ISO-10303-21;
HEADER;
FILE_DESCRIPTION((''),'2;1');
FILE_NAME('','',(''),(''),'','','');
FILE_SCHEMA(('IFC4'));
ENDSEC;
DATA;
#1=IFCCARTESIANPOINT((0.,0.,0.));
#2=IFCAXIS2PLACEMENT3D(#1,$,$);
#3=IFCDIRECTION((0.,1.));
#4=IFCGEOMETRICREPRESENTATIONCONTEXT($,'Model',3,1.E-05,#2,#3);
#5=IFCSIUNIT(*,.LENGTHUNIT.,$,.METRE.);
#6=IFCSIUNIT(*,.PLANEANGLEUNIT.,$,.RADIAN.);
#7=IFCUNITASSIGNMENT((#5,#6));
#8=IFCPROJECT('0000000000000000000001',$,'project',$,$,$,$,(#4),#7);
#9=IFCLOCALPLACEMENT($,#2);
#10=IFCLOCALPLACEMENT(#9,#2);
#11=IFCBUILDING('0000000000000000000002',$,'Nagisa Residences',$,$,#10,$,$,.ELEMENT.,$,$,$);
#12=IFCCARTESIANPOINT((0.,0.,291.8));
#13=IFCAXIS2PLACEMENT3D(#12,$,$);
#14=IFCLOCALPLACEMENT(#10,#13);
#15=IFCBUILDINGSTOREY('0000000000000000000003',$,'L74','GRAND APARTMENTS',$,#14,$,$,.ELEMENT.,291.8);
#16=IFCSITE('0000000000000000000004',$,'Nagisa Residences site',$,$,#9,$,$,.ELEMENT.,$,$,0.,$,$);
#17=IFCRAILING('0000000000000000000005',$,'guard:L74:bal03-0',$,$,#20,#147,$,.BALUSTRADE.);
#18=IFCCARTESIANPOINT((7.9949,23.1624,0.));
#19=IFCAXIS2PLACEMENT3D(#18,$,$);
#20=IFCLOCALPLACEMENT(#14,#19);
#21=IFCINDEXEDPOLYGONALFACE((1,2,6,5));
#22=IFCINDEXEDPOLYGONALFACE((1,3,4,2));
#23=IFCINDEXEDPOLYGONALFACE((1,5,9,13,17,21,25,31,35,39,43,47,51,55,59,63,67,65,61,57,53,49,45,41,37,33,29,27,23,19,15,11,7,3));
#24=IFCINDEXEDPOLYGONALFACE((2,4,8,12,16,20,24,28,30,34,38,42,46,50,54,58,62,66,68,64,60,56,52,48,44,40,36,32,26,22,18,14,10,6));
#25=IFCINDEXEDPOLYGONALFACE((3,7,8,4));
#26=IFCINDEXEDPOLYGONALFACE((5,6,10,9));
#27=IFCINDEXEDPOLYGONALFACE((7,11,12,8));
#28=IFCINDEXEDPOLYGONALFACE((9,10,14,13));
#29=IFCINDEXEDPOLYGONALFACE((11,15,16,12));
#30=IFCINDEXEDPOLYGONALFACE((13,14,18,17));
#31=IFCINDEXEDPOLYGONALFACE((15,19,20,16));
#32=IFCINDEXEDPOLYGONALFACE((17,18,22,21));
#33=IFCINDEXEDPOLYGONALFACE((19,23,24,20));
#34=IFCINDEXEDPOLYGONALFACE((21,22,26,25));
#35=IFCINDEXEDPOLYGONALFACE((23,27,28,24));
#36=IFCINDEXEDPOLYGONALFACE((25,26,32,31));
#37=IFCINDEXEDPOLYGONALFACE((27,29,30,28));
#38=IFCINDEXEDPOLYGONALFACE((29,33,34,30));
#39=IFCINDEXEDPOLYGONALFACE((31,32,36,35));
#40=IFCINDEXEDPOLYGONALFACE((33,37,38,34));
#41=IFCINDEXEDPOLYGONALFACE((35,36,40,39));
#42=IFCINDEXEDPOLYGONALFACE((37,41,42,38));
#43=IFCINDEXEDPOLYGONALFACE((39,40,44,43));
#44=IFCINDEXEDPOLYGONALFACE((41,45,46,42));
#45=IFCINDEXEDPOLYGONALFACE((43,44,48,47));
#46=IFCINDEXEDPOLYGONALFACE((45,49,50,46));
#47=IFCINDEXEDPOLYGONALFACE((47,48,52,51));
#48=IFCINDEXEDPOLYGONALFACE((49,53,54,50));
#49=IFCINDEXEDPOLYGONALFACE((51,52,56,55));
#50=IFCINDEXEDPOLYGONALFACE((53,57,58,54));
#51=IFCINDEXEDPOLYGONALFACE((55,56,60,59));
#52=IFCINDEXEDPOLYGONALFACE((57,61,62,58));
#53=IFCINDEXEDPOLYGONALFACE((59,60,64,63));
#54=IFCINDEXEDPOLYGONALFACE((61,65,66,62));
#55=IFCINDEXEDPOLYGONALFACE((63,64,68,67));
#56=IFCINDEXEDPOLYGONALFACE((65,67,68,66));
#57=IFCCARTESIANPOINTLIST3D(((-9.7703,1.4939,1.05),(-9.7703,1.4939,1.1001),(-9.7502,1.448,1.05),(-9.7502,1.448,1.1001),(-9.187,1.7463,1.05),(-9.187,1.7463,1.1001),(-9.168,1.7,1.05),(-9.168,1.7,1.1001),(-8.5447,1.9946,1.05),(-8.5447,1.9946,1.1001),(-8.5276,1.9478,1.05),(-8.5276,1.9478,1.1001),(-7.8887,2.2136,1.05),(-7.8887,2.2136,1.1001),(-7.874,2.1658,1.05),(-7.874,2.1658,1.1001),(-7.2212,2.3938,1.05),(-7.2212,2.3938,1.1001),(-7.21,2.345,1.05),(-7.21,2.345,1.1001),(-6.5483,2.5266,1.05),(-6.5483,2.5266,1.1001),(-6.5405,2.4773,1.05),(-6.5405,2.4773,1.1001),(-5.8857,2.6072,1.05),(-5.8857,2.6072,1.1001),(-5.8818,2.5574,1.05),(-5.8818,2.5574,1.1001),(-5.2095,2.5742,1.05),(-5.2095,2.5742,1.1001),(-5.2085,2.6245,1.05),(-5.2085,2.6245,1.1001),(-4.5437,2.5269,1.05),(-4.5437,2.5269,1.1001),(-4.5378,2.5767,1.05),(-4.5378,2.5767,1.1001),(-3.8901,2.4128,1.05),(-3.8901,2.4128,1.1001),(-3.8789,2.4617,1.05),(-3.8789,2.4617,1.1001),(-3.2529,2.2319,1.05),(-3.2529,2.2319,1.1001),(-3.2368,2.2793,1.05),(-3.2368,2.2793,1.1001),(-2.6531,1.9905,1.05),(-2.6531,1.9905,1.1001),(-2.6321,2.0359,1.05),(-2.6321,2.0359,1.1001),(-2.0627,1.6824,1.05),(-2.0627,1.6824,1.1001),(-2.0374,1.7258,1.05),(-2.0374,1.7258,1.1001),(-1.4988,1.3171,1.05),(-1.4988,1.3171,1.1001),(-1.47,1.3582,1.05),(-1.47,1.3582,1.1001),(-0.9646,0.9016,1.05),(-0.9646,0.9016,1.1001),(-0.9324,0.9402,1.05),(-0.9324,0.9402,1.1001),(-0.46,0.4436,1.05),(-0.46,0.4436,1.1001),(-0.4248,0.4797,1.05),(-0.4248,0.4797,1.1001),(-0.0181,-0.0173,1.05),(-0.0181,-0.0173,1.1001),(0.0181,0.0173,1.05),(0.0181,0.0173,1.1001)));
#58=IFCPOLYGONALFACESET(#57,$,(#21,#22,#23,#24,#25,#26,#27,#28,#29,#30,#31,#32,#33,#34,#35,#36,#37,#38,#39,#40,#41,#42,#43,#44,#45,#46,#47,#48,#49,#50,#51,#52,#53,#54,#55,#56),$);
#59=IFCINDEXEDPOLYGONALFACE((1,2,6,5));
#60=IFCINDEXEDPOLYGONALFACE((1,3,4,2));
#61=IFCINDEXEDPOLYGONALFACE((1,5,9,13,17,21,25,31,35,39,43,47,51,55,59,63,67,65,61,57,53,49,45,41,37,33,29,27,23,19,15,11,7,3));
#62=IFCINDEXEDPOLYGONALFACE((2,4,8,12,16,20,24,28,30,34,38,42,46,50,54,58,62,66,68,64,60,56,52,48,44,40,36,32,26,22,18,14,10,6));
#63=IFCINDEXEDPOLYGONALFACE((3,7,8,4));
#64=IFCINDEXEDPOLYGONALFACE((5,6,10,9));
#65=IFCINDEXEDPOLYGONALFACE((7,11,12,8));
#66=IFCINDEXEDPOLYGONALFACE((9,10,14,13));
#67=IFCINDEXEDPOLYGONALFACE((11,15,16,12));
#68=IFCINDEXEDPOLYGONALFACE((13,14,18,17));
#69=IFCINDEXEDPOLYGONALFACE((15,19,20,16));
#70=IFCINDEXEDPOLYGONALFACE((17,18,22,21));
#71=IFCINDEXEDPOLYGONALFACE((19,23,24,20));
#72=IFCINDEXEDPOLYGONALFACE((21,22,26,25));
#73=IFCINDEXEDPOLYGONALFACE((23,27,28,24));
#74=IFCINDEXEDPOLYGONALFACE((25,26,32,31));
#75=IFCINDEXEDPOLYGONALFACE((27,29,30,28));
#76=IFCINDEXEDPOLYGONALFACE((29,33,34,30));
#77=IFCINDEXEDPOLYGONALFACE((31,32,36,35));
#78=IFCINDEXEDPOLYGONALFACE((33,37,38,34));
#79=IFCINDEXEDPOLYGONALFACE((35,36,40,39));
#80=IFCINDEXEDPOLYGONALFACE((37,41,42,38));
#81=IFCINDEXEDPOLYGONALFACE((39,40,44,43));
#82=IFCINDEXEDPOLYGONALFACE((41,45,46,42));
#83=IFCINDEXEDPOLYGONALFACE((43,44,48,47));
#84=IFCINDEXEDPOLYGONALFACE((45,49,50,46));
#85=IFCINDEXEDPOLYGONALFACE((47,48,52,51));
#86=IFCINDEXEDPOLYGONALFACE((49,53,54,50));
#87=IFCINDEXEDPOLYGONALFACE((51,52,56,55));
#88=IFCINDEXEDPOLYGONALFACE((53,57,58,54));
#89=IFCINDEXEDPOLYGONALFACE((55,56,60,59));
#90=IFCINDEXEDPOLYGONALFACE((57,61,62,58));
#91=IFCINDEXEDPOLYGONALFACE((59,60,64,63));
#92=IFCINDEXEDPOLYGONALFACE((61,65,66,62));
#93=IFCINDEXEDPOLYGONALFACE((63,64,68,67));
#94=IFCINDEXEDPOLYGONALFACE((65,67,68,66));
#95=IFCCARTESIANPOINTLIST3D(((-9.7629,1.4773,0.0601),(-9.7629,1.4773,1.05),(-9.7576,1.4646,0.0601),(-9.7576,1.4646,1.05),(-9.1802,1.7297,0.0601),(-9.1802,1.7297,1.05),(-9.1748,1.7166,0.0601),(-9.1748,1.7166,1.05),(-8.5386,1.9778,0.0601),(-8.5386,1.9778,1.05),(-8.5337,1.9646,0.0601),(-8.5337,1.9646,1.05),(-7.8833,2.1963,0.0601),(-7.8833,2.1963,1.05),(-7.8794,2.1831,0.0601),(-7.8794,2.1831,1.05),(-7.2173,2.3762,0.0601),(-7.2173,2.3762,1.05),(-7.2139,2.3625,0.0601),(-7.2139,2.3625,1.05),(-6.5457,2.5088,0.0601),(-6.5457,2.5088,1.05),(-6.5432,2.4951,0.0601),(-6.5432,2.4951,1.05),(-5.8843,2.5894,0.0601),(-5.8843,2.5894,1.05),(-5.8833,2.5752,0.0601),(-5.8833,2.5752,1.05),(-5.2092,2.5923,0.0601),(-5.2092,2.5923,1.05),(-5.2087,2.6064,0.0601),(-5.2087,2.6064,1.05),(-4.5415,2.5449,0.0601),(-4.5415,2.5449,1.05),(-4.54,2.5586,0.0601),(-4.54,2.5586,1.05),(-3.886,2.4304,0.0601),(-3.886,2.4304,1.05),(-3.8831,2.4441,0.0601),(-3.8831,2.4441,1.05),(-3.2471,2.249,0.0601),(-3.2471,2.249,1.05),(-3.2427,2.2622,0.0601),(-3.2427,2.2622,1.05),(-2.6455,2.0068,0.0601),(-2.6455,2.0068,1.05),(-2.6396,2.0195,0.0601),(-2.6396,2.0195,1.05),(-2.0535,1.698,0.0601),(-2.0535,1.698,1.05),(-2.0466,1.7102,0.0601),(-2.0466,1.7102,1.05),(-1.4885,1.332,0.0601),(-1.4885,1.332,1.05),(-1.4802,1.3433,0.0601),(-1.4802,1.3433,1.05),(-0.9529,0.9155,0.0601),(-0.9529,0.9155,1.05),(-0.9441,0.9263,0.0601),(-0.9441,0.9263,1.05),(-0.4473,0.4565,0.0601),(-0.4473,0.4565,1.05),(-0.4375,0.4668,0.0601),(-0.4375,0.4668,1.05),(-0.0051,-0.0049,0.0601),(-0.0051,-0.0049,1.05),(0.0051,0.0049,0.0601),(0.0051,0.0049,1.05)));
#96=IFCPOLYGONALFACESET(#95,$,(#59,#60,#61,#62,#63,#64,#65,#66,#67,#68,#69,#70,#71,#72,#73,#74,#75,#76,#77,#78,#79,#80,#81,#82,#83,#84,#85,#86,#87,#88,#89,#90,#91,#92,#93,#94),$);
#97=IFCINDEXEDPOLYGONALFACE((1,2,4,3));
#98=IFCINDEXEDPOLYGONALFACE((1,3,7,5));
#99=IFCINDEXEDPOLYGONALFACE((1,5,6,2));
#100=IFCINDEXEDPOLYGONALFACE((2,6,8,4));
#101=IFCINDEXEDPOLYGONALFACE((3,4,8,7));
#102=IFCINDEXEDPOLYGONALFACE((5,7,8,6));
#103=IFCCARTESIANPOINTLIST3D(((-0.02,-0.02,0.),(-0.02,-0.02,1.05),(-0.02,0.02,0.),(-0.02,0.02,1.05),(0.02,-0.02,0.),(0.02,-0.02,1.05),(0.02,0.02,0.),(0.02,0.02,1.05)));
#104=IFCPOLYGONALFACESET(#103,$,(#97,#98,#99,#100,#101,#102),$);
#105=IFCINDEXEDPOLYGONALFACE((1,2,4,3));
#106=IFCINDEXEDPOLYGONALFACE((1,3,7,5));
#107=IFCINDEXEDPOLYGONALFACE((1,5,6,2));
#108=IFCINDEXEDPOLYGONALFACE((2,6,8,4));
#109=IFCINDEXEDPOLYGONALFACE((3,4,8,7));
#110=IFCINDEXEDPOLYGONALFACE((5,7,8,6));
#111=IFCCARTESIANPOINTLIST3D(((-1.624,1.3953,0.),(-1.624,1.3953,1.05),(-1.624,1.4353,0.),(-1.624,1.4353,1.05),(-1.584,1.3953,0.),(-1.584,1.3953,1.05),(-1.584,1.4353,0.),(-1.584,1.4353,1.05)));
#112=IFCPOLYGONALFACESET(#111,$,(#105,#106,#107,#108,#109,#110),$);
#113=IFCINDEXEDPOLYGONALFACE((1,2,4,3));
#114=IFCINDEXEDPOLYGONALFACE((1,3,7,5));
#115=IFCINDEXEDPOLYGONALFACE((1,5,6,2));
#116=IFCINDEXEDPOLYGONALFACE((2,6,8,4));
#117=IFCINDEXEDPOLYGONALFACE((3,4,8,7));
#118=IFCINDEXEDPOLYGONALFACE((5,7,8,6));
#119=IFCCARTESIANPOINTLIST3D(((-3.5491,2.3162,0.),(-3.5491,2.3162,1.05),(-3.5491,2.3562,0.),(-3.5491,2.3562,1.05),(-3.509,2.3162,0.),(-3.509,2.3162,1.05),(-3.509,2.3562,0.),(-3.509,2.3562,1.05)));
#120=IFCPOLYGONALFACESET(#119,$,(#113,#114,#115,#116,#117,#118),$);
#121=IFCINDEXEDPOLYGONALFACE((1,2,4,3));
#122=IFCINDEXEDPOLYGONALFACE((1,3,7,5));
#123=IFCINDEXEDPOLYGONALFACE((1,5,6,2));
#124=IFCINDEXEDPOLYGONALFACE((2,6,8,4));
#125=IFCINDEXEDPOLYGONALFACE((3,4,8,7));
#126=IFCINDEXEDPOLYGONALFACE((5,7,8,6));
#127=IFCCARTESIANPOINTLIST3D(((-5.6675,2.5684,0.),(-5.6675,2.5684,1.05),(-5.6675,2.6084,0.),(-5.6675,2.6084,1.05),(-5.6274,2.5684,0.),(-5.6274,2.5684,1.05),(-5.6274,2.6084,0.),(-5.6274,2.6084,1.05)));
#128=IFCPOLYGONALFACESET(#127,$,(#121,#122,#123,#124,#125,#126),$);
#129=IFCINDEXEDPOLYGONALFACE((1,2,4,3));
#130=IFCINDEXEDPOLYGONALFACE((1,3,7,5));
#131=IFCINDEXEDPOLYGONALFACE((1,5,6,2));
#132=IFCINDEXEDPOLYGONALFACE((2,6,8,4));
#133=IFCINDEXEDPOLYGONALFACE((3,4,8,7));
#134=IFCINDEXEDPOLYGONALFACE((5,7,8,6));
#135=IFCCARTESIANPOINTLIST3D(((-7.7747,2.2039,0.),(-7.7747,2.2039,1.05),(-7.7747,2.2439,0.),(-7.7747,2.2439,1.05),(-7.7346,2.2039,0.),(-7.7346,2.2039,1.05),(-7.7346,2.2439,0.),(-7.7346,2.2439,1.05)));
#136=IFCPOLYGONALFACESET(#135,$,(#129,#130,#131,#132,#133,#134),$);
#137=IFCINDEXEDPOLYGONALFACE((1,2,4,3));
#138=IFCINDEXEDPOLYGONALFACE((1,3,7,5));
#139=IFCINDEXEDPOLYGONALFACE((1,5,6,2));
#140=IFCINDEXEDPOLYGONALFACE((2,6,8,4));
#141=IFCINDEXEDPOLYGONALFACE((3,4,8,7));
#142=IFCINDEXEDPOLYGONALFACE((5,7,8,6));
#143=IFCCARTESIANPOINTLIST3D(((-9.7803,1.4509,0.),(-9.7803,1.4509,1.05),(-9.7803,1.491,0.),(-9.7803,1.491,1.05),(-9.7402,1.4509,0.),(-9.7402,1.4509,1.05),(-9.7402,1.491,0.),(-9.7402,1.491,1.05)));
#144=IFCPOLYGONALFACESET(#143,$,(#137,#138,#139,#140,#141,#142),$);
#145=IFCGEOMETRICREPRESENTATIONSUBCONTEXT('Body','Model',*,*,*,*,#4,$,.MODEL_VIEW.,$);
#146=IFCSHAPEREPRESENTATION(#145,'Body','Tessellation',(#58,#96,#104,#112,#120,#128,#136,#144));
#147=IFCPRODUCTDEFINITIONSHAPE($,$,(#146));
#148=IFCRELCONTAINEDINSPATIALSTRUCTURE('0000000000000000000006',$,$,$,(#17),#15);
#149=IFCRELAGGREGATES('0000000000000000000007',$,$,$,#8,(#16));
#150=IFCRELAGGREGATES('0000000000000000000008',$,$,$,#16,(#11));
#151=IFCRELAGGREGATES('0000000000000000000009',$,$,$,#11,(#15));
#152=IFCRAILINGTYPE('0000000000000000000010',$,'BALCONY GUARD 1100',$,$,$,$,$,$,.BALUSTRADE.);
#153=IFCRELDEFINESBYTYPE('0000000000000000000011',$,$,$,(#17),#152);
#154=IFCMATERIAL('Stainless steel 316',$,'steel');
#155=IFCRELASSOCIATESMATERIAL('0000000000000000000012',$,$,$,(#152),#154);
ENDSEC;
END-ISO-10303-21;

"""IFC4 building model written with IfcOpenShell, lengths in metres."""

from ifc_helpers import new_model, si_unit, direction, frame, origin, origin_2d, place, context, subcontext, project, spatial, polyline, rectangle, outline, extrude, material, type_object, element, save


model = new_model("IFC4")

# Units and contexts
model_context = context("Model", 3, precision=1e-05, world=origin(), true_north=direction((0.0, 1.0)))
body_context = subcontext(model_context, "Body", "Model", "MODEL_VIEW")
ifc_project = project(units=[si_unit("LENGTHUNIT", "METRE"), si_unit("PLANEANGLEUNIT", "RADIAN")], contexts=[model_context])

# Site, building, storey
site_placement = place(None, origin())
site = spatial("IfcSite", under=ifc_project, at=site_placement, Name="Nagisa Residences site", CompositionType="ELEMENT", RefElevation=0.0)
building_placement = place(site_placement, origin())
building = spatial("IfcBuilding", under=site, at=building_placement, Name="Nagisa Residences", CompositionType="ELEMENT")
storey_placement = place(building_placement, frame((0.0, 0.0, 291.8)))
storey = spatial("IfcBuildingStorey", under=building, at=storey_placement, Name="L74", Description="GRAND APARTMENTS", CompositionType="ELEMENT", Elevation=291.8)

# Railing
ifc_material_1 = material(Name="Stainless steel 316", Category="steel")
railing_type_1 = type_object("IfcRailingType", Name="BALCONY GUARD 1100", PredefinedType="BALUSTRADE", material=ifc_material_1)
railing_1_placement = place(storey_placement, frame((7.9949, 23.1624, 0.0)))
element("IfcRailing", 1, at=railing_1_placement, inside=storey, type_object=railing_type_1, Name="guard:L74:bal03-0", PredefinedType="BALUSTRADE", context=body_context, shape_type="SweptSolid", body=[
    extrude(outline(polyline([(-0.46, 0.4436), (-0.0181, -0.0173), (0.0181, 0.0173), (-0.4248, 0.4797), (-0.9324, 0.9402), (-1.47, 1.3582), (-2.0374, 1.7258), (-2.6321, 2.0359), (-3.2368, 2.2793), (-3.8789, 2.4617), (-4.5378, 2.5767), (-5.2085, 2.6245), (-5.8857, 2.6072), (-6.5483, 2.5266), (-7.2212, 2.3938), (-7.8887, 2.2136), (-8.5447, 1.9946), (-9.187, 1.7463), (-9.7703, 1.4939), (-9.7502, 1.448), (-9.168, 1.7), (-8.5276, 1.9478), (-7.874, 2.1658), (-7.21, 2.345), (-6.5405, 2.4773), (-5.8818, 2.5574), (-5.2095, 2.5742), (-4.5437, 2.5269), (-3.8901, 2.4128), (-3.2529, 2.2319), (-2.6531, 1.9905), (-2.0627, 1.6824), (-1.4988, 1.3171), (-0.9646, 0.9016), (-0.46, 0.4436)])), frame((0.0, 0.0, 1.05)), (0.0, 0.0, 1.0), 0.05),
    extrude(outline(polyline([(-0.4473, 0.4565), (-0.0051, -0.0049), (0.0051, 0.0049), (-0.4375, 0.4668), (-0.9441, 0.9263), (-1.4802, 1.3433), (-2.0466, 1.7102), (-2.6396, 2.0195), (-3.2427, 2.2622), (-3.8831, 2.4441), (-4.54, 2.5586), (-5.2087, 2.6064), (-5.8843, 2.5894), (-6.5457, 2.5088), (-7.2173, 2.3762), (-7.8833, 2.1963), (-8.5386, 1.9778), (-9.1802, 1.7297), (-9.7629, 1.4773), (-9.7576, 1.4646), (-9.1748, 1.7166), (-8.5337, 1.9646), (-7.8794, 2.1831), (-7.2139, 2.3625), (-6.5432, 2.4951), (-5.8833, 2.5752), (-5.2092, 2.5923), (-4.5415, 2.5449), (-3.886, 2.4304), (-3.2471, 2.249), (-2.6455, 2.0068), (-2.0535, 1.698), (-1.4885, 1.332), (-0.9529, 0.9155), (-0.4473, 0.4565)])), frame((0.0, 0.0, 0.0601)), (0.0, 0.0, 1.0), 0.99),
    extrude(rectangle(XDim=0.04, YDim=0.04, at=origin_2d()), origin(), (0.0, 0.0, 1.0), 1.05),
    extrude(rectangle(XDim=0.04, YDim=0.04, at=origin_2d()), frame((-1.604, 1.4153, 0.0)), (0.0, 0.0, 1.0), 1.05),
    extrude(rectangle(XDim=0.04, YDim=0.04, at=origin_2d()), frame((-3.5291, 2.3362, 0.0)), (0.0, 0.0, 1.0), 1.05),
    extrude(rectangle(XDim=0.04, YDim=0.04, at=origin_2d()), frame((-5.6475, 2.5884, 0.0)), (0.0, 0.0, 1.0), 1.05),
    extrude(rectangle(XDim=0.04, YDim=0.04, at=origin_2d()), frame((-7.7546, 2.2239, 0.0)), (0.0, 0.0, 1.0), 1.05),
    extrude(rectangle(XDim=0.04, YDim=0.04, at=origin_2d()), frame((-9.7603, 1.4709, 0.0)), (0.0, 0.0, 1.0), 1.05),
])

save(model, "model.ifc")
